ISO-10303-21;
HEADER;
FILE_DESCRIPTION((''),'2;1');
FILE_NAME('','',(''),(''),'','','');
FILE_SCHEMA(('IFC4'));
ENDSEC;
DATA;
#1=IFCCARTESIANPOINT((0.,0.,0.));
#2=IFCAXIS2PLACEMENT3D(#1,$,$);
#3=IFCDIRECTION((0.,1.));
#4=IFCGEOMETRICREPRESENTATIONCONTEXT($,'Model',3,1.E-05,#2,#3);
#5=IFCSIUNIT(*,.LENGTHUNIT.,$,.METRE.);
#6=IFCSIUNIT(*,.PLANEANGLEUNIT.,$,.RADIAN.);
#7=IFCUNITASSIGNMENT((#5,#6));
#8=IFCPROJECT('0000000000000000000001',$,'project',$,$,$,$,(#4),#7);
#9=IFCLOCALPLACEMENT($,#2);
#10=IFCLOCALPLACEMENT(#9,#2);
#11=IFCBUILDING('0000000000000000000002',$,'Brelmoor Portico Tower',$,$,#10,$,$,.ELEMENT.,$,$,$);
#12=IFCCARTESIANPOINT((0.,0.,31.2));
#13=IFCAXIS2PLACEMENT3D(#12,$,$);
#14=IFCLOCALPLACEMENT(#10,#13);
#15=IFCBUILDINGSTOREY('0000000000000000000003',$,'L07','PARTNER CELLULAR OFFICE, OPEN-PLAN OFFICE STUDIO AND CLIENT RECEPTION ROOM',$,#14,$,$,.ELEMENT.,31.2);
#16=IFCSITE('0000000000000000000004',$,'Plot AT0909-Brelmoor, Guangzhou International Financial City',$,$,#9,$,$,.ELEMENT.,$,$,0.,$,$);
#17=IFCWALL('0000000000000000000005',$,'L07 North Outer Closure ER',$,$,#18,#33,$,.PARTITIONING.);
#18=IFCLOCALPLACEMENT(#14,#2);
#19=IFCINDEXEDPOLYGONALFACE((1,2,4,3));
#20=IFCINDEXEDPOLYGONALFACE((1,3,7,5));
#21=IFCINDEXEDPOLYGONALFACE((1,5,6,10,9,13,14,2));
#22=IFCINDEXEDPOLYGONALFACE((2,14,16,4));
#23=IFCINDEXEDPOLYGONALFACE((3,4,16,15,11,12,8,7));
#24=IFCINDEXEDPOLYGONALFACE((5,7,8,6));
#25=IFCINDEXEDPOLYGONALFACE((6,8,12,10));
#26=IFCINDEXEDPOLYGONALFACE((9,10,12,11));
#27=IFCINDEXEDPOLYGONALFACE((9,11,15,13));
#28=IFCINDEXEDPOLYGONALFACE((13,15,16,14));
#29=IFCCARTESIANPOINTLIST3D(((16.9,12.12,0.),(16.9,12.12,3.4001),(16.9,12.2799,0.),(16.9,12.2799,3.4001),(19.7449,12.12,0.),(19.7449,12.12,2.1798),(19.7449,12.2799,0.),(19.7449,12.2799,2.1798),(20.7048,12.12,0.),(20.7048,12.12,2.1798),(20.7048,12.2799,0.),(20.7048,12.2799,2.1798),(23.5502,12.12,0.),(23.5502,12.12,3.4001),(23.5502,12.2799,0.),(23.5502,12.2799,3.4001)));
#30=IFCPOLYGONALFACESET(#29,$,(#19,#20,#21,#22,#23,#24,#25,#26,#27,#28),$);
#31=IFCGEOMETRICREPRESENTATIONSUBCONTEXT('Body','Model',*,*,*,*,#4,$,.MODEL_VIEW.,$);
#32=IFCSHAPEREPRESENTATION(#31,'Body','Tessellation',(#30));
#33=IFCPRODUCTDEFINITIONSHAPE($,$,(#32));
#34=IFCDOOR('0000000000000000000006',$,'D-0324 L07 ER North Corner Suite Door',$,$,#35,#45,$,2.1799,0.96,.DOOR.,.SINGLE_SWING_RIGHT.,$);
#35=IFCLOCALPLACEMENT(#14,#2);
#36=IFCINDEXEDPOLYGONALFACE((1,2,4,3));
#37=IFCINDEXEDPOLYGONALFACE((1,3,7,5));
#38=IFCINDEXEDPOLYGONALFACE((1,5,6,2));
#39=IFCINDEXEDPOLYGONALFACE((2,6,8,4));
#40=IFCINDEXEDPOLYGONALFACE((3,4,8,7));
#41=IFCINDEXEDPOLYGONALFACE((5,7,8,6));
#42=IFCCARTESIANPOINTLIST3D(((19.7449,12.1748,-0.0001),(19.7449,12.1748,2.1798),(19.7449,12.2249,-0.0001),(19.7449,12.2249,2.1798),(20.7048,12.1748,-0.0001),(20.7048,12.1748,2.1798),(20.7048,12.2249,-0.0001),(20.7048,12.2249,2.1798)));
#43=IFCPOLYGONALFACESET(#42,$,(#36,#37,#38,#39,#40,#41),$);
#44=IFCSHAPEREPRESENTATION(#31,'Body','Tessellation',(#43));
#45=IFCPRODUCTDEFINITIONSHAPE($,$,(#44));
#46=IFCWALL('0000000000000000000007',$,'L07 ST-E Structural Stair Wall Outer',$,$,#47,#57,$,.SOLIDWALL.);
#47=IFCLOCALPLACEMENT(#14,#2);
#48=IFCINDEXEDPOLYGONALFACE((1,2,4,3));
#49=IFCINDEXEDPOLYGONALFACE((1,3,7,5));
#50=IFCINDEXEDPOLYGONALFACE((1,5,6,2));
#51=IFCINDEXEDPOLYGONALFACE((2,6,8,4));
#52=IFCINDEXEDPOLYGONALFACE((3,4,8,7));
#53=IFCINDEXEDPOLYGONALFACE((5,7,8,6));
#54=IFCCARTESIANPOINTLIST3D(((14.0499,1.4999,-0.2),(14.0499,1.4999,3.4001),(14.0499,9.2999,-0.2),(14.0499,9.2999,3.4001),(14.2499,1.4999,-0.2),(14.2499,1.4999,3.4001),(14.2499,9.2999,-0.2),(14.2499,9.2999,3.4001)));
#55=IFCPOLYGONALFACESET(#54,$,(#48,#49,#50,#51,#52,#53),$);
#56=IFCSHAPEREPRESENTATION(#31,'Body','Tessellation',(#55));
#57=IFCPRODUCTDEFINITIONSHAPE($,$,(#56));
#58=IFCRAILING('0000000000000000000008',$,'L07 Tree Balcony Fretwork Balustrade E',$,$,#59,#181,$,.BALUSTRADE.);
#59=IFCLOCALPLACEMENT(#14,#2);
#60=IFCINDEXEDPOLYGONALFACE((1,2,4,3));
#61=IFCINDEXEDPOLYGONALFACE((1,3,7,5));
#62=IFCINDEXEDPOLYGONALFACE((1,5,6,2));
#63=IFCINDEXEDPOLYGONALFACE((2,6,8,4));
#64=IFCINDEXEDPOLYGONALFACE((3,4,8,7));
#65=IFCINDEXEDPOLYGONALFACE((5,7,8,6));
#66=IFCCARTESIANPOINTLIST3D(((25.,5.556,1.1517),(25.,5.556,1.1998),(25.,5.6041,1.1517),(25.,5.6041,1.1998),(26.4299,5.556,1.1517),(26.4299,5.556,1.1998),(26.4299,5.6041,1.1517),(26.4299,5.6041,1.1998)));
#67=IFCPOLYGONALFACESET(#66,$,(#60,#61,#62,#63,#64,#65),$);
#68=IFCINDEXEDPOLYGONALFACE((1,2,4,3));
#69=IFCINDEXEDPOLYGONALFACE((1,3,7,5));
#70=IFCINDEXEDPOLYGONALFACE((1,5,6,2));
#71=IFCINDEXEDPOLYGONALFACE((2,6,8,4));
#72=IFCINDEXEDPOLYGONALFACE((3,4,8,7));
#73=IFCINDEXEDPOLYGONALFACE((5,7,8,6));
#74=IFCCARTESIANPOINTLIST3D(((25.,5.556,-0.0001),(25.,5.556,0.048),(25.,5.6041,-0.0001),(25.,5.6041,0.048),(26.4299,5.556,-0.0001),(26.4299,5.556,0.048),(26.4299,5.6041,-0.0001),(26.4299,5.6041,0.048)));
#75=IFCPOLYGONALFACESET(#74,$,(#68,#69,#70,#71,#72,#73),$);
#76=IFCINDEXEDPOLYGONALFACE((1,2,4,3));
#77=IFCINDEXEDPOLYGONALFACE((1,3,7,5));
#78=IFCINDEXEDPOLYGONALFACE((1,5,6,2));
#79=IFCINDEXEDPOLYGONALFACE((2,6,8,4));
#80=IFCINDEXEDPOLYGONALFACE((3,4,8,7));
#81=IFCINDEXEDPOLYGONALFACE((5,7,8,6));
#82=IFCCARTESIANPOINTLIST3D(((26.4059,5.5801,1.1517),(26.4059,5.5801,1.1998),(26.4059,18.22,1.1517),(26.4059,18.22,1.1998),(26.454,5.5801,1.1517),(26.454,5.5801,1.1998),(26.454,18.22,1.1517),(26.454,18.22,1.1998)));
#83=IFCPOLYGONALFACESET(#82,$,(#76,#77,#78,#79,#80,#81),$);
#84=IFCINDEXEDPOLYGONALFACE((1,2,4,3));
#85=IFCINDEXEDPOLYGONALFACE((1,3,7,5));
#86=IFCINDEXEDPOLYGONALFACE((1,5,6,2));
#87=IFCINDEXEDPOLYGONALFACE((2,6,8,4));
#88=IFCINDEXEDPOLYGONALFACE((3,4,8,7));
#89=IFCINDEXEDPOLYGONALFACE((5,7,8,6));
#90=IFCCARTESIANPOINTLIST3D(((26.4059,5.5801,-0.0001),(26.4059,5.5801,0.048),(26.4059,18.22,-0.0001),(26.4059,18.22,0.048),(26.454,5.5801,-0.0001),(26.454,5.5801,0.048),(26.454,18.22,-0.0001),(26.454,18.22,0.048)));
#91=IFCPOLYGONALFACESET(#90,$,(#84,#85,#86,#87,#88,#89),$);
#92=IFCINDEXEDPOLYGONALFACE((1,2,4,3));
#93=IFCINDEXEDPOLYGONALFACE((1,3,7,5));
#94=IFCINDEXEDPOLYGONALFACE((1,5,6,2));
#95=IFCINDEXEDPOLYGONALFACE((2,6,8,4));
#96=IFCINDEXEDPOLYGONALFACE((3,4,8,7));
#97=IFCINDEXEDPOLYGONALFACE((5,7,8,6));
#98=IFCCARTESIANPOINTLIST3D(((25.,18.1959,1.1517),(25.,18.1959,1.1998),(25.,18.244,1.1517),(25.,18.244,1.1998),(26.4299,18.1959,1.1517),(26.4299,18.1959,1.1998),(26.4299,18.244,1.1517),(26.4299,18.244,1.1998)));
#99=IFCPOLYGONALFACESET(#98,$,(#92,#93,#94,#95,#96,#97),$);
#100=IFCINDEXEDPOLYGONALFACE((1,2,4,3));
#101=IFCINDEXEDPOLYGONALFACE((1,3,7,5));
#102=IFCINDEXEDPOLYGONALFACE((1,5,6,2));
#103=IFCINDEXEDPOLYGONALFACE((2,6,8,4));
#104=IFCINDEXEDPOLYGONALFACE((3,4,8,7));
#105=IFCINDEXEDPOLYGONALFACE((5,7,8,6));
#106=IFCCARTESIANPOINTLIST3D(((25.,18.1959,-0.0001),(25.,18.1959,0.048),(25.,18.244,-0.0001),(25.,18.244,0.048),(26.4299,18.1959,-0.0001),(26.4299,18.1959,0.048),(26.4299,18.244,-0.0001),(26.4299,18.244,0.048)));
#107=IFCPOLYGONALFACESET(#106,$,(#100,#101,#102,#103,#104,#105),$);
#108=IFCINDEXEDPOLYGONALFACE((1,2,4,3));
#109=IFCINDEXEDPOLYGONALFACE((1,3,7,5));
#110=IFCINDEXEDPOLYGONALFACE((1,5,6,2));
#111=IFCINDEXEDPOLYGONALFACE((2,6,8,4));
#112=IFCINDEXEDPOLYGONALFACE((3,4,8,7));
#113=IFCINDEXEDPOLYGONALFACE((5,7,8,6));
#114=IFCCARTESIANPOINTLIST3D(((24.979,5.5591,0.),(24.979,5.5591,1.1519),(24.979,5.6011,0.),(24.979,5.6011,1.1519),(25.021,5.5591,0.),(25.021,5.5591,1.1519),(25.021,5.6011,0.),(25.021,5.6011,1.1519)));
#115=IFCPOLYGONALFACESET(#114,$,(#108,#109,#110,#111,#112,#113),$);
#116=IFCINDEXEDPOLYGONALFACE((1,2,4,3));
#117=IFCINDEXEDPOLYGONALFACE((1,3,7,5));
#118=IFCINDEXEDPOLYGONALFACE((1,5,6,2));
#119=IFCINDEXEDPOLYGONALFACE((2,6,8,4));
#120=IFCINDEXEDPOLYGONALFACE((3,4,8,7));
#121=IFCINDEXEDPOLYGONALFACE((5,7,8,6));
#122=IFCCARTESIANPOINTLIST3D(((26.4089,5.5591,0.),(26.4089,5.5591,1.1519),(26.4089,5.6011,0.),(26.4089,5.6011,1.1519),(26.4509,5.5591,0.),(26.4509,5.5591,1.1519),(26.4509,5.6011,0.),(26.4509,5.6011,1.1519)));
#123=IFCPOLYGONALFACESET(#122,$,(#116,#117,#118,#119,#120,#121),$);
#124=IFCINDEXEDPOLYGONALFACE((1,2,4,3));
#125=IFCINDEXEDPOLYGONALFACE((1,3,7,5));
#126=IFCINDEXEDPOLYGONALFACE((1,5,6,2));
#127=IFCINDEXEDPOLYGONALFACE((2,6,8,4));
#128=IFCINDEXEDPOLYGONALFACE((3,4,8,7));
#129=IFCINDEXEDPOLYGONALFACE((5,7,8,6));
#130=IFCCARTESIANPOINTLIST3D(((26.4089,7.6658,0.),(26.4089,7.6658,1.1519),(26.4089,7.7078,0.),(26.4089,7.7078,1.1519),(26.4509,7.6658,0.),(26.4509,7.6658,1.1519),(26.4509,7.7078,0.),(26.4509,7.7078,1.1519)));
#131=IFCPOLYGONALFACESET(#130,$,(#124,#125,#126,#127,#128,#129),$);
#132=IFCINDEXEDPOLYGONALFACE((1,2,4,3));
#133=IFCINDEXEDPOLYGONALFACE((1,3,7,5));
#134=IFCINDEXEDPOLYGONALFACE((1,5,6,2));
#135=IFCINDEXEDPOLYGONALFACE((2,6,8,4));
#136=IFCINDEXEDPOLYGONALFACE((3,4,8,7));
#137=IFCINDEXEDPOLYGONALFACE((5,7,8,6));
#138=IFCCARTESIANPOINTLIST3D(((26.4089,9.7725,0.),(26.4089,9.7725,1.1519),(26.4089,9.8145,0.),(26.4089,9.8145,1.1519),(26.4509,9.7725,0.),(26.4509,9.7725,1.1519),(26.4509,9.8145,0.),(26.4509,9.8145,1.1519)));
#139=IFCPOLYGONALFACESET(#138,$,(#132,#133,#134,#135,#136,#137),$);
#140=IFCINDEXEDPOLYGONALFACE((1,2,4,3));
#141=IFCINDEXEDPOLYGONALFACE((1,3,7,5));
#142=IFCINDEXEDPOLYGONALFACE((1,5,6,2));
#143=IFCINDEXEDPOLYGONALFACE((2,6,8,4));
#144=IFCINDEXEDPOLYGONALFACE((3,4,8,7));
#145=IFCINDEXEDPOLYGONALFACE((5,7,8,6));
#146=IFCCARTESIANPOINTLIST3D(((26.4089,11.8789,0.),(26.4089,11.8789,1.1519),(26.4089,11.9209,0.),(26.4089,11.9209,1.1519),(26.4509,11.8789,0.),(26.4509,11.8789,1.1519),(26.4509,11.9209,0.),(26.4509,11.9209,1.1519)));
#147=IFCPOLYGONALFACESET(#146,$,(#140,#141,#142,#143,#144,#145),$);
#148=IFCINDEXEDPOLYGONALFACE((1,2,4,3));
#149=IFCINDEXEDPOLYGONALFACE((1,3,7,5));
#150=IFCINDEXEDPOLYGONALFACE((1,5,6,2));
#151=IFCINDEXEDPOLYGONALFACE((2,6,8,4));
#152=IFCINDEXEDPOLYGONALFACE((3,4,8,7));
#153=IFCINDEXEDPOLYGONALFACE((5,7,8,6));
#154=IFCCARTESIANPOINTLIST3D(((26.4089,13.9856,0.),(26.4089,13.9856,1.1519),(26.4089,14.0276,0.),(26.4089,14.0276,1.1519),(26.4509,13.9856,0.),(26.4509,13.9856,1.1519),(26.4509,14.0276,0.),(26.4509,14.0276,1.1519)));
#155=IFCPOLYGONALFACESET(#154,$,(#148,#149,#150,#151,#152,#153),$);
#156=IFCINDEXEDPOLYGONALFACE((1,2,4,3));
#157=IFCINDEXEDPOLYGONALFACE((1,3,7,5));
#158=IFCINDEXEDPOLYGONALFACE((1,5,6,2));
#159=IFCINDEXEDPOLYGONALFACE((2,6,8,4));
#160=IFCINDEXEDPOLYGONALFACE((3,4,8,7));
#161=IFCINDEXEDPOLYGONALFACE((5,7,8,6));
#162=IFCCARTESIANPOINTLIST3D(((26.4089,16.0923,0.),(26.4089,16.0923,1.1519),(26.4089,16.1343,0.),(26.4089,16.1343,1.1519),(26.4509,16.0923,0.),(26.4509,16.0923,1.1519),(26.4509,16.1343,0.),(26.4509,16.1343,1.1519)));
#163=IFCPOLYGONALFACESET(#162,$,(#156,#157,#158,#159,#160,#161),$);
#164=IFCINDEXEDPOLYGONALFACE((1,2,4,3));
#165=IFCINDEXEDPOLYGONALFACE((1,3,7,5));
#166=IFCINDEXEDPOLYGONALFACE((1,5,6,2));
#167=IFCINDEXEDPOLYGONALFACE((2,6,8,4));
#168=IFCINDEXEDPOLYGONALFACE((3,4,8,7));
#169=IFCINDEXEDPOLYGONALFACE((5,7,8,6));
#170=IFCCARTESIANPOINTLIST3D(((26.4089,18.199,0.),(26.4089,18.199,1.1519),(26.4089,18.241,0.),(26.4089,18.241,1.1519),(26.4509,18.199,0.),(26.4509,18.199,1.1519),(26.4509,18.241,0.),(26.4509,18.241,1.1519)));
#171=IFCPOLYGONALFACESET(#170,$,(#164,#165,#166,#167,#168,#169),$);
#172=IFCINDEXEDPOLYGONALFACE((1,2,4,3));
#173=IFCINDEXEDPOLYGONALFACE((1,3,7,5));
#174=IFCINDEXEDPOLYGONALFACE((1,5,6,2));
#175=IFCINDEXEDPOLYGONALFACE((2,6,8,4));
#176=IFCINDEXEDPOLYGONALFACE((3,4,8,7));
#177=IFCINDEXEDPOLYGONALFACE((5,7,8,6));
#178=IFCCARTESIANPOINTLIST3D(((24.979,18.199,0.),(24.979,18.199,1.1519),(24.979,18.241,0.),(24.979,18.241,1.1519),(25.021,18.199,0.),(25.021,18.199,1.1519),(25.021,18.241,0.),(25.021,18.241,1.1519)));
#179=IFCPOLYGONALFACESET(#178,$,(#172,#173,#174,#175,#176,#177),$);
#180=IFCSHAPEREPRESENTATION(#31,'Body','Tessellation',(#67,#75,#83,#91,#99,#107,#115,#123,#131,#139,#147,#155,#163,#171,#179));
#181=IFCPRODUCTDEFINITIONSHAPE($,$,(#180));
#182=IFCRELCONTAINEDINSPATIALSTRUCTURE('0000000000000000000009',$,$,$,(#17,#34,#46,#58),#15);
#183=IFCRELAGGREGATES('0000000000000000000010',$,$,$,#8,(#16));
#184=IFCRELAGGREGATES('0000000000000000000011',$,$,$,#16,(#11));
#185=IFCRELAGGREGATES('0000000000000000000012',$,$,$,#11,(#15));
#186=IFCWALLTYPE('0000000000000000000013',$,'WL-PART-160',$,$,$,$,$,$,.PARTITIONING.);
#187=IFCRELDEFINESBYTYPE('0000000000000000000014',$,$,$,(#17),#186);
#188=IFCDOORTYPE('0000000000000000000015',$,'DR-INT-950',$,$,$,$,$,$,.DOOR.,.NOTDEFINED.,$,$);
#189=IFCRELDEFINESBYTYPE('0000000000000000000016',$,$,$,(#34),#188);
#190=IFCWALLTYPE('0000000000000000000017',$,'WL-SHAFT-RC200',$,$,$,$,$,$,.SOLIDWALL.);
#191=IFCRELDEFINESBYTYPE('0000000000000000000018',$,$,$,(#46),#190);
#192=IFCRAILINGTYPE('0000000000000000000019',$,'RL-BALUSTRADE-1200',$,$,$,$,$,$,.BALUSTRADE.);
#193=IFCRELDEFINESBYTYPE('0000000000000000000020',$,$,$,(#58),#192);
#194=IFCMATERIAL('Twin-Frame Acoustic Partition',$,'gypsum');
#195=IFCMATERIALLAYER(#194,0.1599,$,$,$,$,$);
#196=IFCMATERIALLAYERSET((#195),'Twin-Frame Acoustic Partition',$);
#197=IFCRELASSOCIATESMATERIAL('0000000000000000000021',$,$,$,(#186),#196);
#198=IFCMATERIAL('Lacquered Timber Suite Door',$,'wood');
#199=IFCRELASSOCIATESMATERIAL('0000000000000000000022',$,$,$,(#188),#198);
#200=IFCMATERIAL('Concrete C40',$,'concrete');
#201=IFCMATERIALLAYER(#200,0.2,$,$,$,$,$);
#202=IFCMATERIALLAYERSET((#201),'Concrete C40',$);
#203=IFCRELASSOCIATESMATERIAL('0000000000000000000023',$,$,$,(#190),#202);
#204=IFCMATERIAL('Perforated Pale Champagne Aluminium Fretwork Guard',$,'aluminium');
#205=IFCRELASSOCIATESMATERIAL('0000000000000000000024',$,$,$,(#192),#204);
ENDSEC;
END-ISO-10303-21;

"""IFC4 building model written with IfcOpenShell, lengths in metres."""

from ifc_helpers import new_model, si_unit, direction, frame, frame_2d, origin, origin_2d, place, context, subcontext, project, spatial, rectangle, extrude, material, layer, layer_set, type_object, element, fill, save


model = new_model("IFC4")

# Units and contexts
model_context = context("Model", 3, precision=1e-05, world=origin(), true_north=direction((0.0, 1.0)))
body_context = subcontext(model_context, "Body", "Model", "MODEL_VIEW")
ifc_project = project(units=[si_unit("LENGTHUNIT", "METRE"), si_unit("PLANEANGLEUNIT", "RADIAN")], contexts=[model_context])

# Site, building, storey
site_placement = place(None, origin())
site = spatial("IfcSite", under=ifc_project, at=site_placement, Name="Plot AT0909-Brelmoor, Guangzhou International Financial City", CompositionType="ELEMENT", RefElevation=0.0)
building_placement = place(site_placement, origin())
building = spatial("IfcBuilding", under=site, at=building_placement, Name="Brelmoor Portico Tower", CompositionType="ELEMENT")
storey_placement = place(building_placement, frame((0.0, 0.0, 31.2)))
storey = spatial("IfcBuildingStorey", under=building, at=storey_placement, Name="L07", Description="PARTNER CELLULAR OFFICE, OPEN-PLAN OFFICE STUDIO AND CLIENT RECEPTION ROOM", CompositionType="ELEMENT", Elevation=31.2)

# Wall, opening, door
ifc_material_1 = material(Name="Twin-Frame Acoustic Partition", Category="gypsum")
ifc_layer_1 = layer(ifc_material_1, 0.1599)
ifc_layer_set_1 = layer_set([ifc_layer_1], Name="Twin-Frame Acoustic Partition")
wall_type_1 = type_object("IfcWallType", Name="WL-PART-160", PredefinedType="PARTITIONING", material=ifc_layer_set_1)
wall_1_placement = place(storey_placement, frame((16.8999, 12.2, 0.0), z_axis=(0.0, 0.0, 1.0), x_axis=(1.0, 0.0, 0.0)))
wall_1 = element("IfcWall", 1, at=wall_1_placement, inside=storey, type_object=wall_type_1, Name="L07 North Outer Closure ER", PredefinedType="PARTITIONING", context=body_context, shape_type="SweptSolid", body=[
    extrude(rectangle(XDim=6.6501, YDim=0.1599, at=frame_2d((3.3252, 0.0))), origin(), (0.0, 0.0, 1.0), 3.4001),
])
opening_1_placement = place(wall_1_placement, frame((2.845, 0.0, 0.0)))
opening_1 = element("IfcOpeningElement", 2, at=opening_1_placement, cuts=wall_1, PredefinedType="OPENING", context=body_context, shape_type="SweptSolid", body=[
    extrude(rectangle(XDim=0.96, YDim=2.1799, at=frame_2d((0.48, 1.0898))), frame((0.0, 0.0898, 0.0), z_axis=(0.0, -1.0, 0.0), x_axis=(1.0, 0.0, 0.0)), (0.0, 0.0, 1.0), 0.1799),
])
ifc_material_2 = material(Name="Lacquered Timber Suite Door", Category="wood")
door_type_1 = type_object("IfcDoorType", Name="DR-INT-950", OperationType="NOTDEFINED", PredefinedType="DOOR", material=ifc_material_2)
door_1_placement = place(opening_1_placement, origin())
door_1 = element("IfcDoor", 3, at=door_1_placement, inside=storey, type_object=door_type_1, Name="D-0324 L07 ER North Corner Suite Door", OperationType="SINGLE_SWING_RIGHT", OverallHeight=2.1799, OverallWidth=0.96, PredefinedType="DOOR", context=body_context, shape_type="SweptSolid", body=[
    extrude(rectangle(XDim=0.96, YDim=2.1799, at=frame_2d((0.48, 1.0898))), frame((0.0, 0.0249, 0.0), z_axis=(0.0, -1.0, 0.0), x_axis=(1.0, 0.0, 0.0)), (0.0, 0.0, 1.0), 0.05),
])
fill(opening_1, door_1)

# Wall
ifc_material_3 = material(Name="Concrete C40", Category="concrete")
ifc_layer_2 = layer(ifc_material_3, 0.2)
ifc_layer_set_2 = layer_set([ifc_layer_2], Name="Concrete C40")
wall_type_2 = type_object("IfcWallType", Name="WL-SHAFT-RC200", PredefinedType="SOLIDWALL", material=ifc_layer_set_2)
wall_2_placement = place(storey_placement, frame((14.1499, 1.5, -0.2), z_axis=(0.0, 0.0, 1.0), x_axis=(0.0, 1.0, 0.0)))
element("IfcWall", 4, at=wall_2_placement, inside=storey, type_object=wall_type_2, Name="L07 ST-E Structural Stair Wall Outer", PredefinedType="SOLIDWALL", context=body_context, shape_type="SweptSolid", body=[
    extrude(rectangle(XDim=7.8, YDim=0.2, at=frame_2d((3.8999, 0.0))), origin(), (0.0, 0.0, 1.0), 3.6001),
])

# Railing
ifc_material_4 = material(Name="Perforated Pale Champagne Aluminium Fretwork Guard", Category="aluminium")
railing_type_1 = type_object("IfcRailingType", Name="RL-BALUSTRADE-1200", PredefinedType="BALUSTRADE", material=ifc_material_4)
railing_1_placement = place(storey_placement, frame((25.0, 5.5801, 0.0)))
element("IfcRailing", 5, at=railing_1_placement, inside=storey, type_object=railing_type_1, Name="L07 Tree Balcony Fretwork Balustrade E", PredefinedType="BALUSTRADE", context=body_context, shape_type="SweptSolid", body=[
    extrude(rectangle(XDim=0.0481, YDim=0.0481, at=origin_2d()), frame((0.0, 0.0, 1.1758), z_axis=(1.0, 0.0, 0.0), x_axis=(0.0, 1.0, 0.0)), (0.0, 0.0, 1.0), 1.4299),
    extrude(rectangle(XDim=0.0481, YDim=0.0481, at=origin_2d()), frame((0.0, 0.0, 0.0239), z_axis=(1.0, 0.0, 0.0), x_axis=(0.0, 1.0, 0.0)), (0.0, 0.0, 1.0), 1.4299),
    extrude(rectangle(XDim=0.0481, YDim=0.0481, at=origin_2d()), frame((1.4299, 0.0, 1.1758), z_axis=(0.0, 1.0, 0.0), x_axis=(-1.0, 0.0, 0.0)), (0.0, 0.0, 1.0), 12.6399),
    extrude(rectangle(XDim=0.0481, YDim=0.0481, at=origin_2d()), frame((1.4299, 0.0, 0.0239), z_axis=(0.0, 1.0, 0.0), x_axis=(-1.0, 0.0, 0.0)), (0.0, 0.0, 1.0), 12.6399),
    extrude(rectangle(XDim=0.0481, YDim=0.0481, at=origin_2d()), frame((1.4299, 12.6399, 1.1758), z_axis=(-1.0, 0.0, 0.0), x_axis=(0.0, -1.0, 0.0)), (0.0, 0.0, 1.0), 1.4299),
    extrude(rectangle(XDim=0.0481, YDim=0.0481, at=origin_2d()), frame((1.4299, 12.6399, 0.0239), z_axis=(-1.0, 0.0, 0.0), x_axis=(0.0, -1.0, 0.0)), (0.0, 0.0, 1.0), 1.4299),
    extrude(rectangle(XDim=0.042, YDim=0.042, at=origin_2d()), origin(), (0.0, 0.0, 1.0), 1.1519),
    extrude(rectangle(XDim=0.042, YDim=0.042, at=origin_2d()), frame((1.4299, 0.0, 0.0)), (0.0, 0.0, 1.0), 1.1519),
    extrude(rectangle(XDim=0.042, YDim=0.042, at=origin_2d()), frame((1.4299, 2.1067, 0.0)), (0.0, 0.0, 1.0), 1.1519),
    extrude(rectangle(XDim=0.042, YDim=0.042, at=origin_2d()), frame((1.4299, 4.2134, 0.0)), (0.0, 0.0, 1.0), 1.1519),
    extrude(rectangle(XDim=0.042, YDim=0.042, at=origin_2d()), frame((1.4299, 6.3198, 0.0)), (0.0, 0.0, 1.0), 1.1519),
    extrude(rectangle(XDim=0.042, YDim=0.042, at=origin_2d()), frame((1.4299, 8.4265, 0.0)), (0.0, 0.0, 1.0), 1.1519),
    extrude(rectangle(XDim=0.042, YDim=0.042, at=origin_2d()), frame((1.4299, 10.5332, 0.0)), (0.0, 0.0, 1.0), 1.1519),
    extrude(rectangle(XDim=0.042, YDim=0.042, at=origin_2d()), frame((1.4299, 12.6399, 0.0)), (0.0, 0.0, 1.0), 1.1519),
    extrude(rectangle(XDim=0.042, YDim=0.042, at=origin_2d()), frame((0.0, 12.6399, 0.0)), (0.0, 0.0, 1.0), 1.1519),
])

save(model, "model.ifc")
